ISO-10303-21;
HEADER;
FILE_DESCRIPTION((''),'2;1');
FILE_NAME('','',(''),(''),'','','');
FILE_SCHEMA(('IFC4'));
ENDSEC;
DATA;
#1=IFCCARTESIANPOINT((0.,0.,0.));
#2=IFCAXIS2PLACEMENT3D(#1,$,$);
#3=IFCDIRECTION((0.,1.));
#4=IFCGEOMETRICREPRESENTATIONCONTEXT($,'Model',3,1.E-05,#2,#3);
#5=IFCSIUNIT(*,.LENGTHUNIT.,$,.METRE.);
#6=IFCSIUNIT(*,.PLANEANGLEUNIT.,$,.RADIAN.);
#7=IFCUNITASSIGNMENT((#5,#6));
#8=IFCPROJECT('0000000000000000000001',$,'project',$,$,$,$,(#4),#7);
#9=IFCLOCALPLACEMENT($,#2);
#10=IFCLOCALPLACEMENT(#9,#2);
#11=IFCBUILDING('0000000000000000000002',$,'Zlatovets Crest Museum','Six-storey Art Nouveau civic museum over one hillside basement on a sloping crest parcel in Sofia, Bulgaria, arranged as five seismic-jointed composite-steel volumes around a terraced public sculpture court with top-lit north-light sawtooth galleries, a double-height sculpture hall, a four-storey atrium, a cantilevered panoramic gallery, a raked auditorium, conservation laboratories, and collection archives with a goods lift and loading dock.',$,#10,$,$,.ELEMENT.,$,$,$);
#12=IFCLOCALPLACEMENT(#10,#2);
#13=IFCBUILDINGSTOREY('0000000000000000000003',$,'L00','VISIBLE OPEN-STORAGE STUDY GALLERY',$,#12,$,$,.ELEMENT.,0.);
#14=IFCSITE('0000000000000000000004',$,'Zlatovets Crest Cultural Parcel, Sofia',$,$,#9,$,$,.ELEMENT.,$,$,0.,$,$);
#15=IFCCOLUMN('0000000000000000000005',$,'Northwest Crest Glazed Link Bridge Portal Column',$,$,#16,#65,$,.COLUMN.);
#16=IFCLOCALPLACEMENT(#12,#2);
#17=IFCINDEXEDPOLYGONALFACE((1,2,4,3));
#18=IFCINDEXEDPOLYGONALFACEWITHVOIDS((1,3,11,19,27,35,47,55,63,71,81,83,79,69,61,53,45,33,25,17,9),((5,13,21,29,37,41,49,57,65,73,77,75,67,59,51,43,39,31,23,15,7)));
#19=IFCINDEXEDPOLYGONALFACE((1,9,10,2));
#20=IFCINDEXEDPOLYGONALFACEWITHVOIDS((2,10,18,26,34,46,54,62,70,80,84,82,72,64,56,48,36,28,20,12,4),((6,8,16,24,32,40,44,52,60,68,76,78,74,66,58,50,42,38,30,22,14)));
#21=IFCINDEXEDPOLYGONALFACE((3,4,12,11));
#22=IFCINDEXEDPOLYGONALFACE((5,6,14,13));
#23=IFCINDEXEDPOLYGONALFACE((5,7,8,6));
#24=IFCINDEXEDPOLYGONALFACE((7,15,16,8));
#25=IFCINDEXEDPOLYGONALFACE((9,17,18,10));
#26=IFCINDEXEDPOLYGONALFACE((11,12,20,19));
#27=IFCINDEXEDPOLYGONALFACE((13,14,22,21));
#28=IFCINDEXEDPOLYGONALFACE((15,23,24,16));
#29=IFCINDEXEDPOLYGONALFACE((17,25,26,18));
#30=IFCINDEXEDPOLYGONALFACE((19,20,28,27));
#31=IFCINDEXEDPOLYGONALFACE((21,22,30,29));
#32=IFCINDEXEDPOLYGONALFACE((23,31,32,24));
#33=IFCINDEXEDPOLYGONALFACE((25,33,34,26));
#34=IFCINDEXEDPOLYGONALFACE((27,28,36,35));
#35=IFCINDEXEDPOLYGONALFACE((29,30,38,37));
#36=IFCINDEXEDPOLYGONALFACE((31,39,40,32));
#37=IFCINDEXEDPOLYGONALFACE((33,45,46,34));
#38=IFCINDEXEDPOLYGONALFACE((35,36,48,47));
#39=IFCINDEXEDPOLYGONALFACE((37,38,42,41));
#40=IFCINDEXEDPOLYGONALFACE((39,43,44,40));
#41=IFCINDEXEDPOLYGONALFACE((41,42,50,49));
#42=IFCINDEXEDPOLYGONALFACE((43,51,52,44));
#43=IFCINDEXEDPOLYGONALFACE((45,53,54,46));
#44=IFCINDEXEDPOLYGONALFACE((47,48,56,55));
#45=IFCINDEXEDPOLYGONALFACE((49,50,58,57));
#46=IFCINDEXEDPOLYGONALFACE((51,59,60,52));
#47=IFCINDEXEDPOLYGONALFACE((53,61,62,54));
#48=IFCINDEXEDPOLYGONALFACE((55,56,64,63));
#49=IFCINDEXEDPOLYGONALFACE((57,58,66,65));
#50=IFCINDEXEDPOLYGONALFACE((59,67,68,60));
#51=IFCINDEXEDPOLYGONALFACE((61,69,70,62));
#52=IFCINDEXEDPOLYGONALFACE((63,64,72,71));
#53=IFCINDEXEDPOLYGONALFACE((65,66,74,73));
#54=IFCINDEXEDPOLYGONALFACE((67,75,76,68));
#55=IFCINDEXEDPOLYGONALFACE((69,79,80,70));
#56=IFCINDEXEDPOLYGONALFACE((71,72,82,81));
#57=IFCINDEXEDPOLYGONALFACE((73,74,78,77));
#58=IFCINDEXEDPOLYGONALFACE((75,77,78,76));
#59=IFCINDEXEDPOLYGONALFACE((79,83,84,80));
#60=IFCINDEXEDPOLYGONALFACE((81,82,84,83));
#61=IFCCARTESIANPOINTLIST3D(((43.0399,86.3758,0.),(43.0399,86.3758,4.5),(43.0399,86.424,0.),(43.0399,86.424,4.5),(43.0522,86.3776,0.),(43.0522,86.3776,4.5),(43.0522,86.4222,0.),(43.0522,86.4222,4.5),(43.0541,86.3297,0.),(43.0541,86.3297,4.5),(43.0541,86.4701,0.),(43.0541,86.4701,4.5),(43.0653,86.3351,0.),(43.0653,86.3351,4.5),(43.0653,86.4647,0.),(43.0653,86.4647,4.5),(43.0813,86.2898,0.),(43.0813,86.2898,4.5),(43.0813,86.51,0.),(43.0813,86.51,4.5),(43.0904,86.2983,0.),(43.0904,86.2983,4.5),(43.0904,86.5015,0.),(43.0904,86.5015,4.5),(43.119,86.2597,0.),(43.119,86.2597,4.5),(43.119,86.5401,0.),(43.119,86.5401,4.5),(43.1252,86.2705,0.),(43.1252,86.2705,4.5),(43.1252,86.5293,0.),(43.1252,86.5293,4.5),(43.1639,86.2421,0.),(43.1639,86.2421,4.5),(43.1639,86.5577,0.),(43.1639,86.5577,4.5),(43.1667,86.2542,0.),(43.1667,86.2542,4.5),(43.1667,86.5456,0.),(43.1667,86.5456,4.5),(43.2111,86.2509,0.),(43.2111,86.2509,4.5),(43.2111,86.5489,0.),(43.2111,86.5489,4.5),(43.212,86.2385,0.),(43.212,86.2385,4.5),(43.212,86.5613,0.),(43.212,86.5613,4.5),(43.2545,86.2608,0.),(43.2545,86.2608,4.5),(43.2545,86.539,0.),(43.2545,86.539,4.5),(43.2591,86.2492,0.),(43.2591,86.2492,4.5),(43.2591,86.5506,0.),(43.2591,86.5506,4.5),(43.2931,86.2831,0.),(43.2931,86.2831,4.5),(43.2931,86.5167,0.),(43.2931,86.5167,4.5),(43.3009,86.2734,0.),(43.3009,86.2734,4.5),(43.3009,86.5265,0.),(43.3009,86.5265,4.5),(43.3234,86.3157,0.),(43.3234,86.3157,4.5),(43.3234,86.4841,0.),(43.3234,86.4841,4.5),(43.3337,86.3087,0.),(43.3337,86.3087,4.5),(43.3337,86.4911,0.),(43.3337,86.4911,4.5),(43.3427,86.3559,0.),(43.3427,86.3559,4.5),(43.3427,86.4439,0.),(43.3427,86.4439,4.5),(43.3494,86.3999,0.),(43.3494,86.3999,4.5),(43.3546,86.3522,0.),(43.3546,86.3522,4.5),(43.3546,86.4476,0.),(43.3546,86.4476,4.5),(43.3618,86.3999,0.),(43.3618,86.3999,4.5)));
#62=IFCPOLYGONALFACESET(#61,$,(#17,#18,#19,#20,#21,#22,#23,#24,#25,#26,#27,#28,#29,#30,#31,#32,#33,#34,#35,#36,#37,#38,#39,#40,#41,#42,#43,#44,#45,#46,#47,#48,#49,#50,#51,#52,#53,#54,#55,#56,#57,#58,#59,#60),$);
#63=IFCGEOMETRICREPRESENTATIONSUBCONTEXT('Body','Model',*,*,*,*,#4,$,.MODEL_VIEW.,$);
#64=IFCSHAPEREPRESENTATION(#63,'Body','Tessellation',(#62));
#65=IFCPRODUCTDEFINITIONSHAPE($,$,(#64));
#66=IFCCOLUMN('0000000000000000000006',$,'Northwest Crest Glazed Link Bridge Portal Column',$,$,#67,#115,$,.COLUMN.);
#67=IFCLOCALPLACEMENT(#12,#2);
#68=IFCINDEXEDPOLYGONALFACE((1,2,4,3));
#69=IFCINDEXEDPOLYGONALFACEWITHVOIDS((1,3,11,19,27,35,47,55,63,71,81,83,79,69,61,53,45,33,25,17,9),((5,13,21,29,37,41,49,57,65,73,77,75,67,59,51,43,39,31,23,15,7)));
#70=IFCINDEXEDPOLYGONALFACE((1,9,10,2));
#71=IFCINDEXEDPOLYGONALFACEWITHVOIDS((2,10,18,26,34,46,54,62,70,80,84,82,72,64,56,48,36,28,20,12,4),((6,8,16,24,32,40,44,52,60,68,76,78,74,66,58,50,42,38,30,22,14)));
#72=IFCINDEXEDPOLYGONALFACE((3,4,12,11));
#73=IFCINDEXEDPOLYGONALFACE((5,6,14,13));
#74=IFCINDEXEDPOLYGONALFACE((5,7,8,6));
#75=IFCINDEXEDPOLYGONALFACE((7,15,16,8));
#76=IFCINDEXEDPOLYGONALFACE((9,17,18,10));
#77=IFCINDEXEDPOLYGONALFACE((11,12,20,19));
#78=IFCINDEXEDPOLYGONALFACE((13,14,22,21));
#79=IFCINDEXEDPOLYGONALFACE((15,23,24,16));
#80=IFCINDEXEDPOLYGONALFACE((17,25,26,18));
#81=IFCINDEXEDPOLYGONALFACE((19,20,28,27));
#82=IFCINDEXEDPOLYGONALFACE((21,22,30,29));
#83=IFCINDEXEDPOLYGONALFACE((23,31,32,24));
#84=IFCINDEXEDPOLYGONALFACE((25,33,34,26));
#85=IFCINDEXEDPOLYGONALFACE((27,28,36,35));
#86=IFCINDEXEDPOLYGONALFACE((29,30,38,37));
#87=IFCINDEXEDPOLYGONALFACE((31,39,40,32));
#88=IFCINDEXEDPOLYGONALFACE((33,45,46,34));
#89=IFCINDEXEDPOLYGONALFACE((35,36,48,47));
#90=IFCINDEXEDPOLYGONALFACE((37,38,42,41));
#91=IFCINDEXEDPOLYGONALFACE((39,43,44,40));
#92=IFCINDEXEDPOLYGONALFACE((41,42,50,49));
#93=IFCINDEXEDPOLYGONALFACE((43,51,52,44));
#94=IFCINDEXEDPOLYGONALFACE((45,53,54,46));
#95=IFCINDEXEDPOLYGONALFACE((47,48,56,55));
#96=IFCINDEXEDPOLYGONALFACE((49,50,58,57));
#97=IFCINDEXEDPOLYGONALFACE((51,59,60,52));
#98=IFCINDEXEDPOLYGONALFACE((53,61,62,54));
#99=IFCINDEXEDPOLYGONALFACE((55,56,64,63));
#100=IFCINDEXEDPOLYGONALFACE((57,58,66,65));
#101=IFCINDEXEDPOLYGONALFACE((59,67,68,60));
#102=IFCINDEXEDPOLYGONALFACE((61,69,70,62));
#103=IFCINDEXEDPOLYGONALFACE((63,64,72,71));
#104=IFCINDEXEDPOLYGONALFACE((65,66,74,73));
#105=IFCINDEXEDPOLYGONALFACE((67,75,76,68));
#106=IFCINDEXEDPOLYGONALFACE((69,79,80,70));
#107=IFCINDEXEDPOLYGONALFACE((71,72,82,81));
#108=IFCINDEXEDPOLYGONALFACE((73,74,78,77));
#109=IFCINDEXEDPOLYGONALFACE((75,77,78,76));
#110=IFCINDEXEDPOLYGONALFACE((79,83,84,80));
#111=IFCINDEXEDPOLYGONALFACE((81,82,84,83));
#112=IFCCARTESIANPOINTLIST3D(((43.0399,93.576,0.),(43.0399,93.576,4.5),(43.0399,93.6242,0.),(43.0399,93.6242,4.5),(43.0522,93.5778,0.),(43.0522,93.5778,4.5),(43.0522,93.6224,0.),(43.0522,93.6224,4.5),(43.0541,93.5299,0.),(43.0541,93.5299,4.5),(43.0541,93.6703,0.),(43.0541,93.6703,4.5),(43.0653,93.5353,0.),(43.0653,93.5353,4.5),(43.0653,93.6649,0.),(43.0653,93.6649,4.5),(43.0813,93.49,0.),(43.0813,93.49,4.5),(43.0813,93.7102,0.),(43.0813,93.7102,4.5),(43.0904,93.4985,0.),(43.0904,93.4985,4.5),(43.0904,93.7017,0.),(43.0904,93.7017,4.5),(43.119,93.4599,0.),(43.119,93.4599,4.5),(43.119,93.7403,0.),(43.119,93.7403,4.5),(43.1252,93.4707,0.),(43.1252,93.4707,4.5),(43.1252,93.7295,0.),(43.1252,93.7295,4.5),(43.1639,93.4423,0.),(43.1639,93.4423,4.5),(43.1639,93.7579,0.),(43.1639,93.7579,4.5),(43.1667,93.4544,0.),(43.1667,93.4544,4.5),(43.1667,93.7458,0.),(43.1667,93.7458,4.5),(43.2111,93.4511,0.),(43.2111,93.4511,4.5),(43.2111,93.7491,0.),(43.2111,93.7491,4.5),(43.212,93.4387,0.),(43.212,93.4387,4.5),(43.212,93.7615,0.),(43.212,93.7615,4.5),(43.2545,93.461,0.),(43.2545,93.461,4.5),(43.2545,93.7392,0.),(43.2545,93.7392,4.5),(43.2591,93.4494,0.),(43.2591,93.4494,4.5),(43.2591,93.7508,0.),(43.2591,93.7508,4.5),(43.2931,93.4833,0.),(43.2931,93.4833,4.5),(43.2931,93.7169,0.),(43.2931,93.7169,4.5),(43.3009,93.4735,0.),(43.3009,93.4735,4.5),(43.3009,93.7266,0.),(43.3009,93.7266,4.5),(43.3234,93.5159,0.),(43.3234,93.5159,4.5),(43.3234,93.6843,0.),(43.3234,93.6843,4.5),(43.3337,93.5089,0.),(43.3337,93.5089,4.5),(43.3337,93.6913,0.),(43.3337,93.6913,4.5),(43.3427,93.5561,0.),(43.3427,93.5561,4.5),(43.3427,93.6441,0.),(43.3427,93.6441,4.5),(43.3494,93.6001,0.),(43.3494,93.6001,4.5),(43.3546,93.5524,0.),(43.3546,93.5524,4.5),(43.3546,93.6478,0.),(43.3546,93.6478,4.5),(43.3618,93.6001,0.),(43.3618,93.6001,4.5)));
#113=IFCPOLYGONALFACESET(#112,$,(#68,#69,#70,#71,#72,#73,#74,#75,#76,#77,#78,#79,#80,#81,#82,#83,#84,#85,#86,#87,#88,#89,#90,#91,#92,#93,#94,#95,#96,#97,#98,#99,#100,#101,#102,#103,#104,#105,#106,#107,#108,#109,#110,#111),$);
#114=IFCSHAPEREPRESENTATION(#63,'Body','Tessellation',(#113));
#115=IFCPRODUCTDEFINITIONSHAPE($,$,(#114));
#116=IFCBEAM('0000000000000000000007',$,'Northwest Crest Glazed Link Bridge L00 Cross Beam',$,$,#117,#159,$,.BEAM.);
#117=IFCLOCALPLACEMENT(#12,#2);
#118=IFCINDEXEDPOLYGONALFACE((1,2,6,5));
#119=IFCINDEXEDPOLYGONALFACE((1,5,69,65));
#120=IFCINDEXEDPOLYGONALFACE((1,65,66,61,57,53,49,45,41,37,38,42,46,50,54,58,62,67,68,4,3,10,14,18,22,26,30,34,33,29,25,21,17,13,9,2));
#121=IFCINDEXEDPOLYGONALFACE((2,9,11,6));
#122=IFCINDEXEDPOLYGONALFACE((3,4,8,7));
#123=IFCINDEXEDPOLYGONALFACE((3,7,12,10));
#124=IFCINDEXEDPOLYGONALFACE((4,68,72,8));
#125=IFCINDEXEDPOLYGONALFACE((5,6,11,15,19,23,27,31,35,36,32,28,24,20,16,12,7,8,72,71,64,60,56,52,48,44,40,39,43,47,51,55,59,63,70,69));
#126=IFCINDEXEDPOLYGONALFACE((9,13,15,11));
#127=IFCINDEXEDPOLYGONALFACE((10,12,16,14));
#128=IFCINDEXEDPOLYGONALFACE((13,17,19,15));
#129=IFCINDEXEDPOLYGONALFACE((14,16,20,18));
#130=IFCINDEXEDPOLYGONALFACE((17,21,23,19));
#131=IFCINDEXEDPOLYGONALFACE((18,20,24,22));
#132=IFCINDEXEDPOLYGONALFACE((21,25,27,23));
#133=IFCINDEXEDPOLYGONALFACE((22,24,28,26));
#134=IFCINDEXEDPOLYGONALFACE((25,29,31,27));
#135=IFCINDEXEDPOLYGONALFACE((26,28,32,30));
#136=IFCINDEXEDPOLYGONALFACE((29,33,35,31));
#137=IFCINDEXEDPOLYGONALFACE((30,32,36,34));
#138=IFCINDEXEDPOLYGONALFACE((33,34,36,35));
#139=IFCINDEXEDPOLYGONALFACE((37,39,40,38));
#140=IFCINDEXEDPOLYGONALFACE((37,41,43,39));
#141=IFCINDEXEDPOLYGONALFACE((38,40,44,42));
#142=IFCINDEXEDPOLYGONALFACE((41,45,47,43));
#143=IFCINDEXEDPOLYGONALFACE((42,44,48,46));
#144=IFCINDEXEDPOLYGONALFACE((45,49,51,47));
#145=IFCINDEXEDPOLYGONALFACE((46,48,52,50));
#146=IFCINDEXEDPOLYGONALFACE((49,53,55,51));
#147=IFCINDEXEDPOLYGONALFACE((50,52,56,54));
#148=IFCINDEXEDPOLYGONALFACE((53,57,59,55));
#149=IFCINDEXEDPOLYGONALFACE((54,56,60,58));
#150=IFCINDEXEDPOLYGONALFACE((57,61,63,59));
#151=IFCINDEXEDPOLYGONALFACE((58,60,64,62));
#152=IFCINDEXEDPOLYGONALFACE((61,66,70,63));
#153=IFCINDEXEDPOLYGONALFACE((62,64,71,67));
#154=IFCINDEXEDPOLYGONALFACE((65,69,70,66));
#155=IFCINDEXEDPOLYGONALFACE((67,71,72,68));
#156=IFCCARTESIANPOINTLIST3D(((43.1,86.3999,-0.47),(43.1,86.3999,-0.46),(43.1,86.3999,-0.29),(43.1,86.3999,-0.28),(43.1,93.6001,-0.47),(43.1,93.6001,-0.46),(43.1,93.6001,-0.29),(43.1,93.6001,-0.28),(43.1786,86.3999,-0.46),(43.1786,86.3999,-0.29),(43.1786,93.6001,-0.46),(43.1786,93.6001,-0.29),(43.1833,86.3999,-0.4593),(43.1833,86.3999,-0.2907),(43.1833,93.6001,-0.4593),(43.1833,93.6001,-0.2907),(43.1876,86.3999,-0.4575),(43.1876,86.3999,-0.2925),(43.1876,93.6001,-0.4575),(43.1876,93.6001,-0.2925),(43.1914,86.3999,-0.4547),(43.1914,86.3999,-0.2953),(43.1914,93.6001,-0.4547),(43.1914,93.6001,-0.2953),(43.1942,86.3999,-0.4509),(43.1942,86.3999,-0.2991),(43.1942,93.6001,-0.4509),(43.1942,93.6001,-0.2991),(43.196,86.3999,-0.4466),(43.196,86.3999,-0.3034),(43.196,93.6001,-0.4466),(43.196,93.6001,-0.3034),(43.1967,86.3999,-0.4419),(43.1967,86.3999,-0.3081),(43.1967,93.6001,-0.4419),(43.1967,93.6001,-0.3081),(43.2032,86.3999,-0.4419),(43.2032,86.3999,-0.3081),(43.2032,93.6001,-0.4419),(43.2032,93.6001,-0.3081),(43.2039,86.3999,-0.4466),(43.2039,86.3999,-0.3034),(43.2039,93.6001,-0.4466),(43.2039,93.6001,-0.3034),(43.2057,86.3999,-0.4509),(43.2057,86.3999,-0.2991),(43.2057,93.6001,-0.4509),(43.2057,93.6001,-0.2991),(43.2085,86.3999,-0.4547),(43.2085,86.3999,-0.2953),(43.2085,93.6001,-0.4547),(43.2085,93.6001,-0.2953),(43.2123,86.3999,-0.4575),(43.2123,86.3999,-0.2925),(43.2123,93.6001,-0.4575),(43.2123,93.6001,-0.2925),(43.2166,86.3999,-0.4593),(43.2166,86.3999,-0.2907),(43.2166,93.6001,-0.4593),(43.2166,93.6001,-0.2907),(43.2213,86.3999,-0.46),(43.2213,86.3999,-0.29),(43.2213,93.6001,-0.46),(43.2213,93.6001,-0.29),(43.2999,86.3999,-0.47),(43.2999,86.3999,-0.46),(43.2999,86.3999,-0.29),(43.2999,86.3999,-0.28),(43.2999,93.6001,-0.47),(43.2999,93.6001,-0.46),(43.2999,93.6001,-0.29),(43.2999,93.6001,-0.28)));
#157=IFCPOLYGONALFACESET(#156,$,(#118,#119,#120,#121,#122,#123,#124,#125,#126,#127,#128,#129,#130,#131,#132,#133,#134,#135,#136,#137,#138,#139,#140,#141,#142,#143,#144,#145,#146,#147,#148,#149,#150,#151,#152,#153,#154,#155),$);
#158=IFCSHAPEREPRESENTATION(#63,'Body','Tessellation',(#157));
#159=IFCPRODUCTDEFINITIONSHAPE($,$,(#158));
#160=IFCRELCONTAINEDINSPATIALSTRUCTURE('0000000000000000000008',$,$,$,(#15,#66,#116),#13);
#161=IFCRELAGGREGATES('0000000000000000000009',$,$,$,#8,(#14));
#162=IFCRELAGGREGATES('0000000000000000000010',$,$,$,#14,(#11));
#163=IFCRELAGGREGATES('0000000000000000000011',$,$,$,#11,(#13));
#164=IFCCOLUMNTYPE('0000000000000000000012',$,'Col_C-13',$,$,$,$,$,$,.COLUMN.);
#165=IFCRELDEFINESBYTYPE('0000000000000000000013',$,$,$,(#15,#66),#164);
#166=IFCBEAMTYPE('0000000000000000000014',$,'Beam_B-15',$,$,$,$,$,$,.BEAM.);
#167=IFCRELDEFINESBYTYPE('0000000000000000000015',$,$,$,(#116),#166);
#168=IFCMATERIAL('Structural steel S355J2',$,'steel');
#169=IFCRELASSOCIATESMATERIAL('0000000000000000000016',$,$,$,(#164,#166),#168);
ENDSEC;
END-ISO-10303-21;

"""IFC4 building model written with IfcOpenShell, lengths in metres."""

from ifc_helpers import new_model, si_unit, direction, frame, origin, origin_2d, place, context, subcontext, project, spatial, hollow_circle, i_section, extrude, material, material_profile, profile_set, type_object, element, save


model = new_model("IFC4")

# Units and contexts
model_context = context("Model", 3, precision=1e-05, world=origin(), true_north=direction((0.0, 1.0)))
body_context = subcontext(model_context, "Body", "Model", "MODEL_VIEW")
ifc_project = project(units=[si_unit("LENGTHUNIT", "METRE"), si_unit("PLANEANGLEUNIT", "RADIAN")], contexts=[model_context])

# Site, building, storey
site_placement = place(None, origin())
site = spatial("IfcSite", under=ifc_project, at=site_placement, Name="Zlatovets Crest Cultural Parcel, Sofia", CompositionType="ELEMENT", RefElevation=0.0)
building_placement = place(site_placement, origin())
building = spatial("IfcBuilding", under=site, at=building_placement, Name="Zlatovets Crest Museum", Description="Six-storey Art Nouveau civic museum over one hillside basement on a sloping crest parcel in Sofia, Bulgaria, arranged as five seismic-jointed composite-steel volumes around a terraced public sculpture court with top-lit north-light sawtooth galleries, a double-height sculpture hall, a four-storey atrium, a cantilevered panoramic gallery, a raked auditorium, conservation laboratories, and collection archives with a goods lift and loading dock.", CompositionType="ELEMENT")
storey_placement = place(building_placement, origin())
storey = spatial("IfcBuildingStorey", under=building, at=storey_placement, Name="L00", Description="VISIBLE OPEN-STORAGE STUDY GALLERY", CompositionType="ELEMENT", Elevation=0.0)

# Columns
ifc_material_1 = material(Name="Structural steel S355J2", Category="steel")
ifc_material_profile_1 = material_profile(ifc_material_1, hollow_circle(Radius=0.1619, WallThickness=0.0125, at=origin_2d()), Name="CHS 323.9x12.5")
ifc_profile_set_1 = profile_set([ifc_material_profile_1], Name="Structural steel S355J2")
column_type = type_object("IfcColumnType", Name="Col_C-13", PredefinedType="COLUMN", material=ifc_profile_set_1)
for number, where, z_axis, x_axis, name in (
    (1, (43.2, 86.3999, 0.0), (0.0, 0.0, 1.0), (1.0, 0.0, 0.0), "Northwest Crest Glazed Link Bridge Portal Column"),
    (2, (43.2, 93.6001, 0.0), (0.0, 0.0, 1.0), (1.0, 0.0, 0.0), "Northwest Crest Glazed Link Bridge Portal Column"),
):
    element("IfcColumn", number, at=place(storey_placement, frame(where, z_axis=z_axis, x_axis=x_axis)), inside=storey, type_object=column_type, Name=name, PredefinedType="COLUMN", context=body_context, shape_type="SweptSolid", body=[
        extrude(hollow_circle(Radius=0.1619, WallThickness=0.0125, at=origin_2d()), origin(), (0.0, 0.0, 1.0), 4.5),
    ])

# Beam
ifc_material_profile_2 = material_profile(ifc_material_1, i_section(OverallWidth=0.2, OverallDepth=0.1899, WebThickness=0.0066, FlangeThickness=0.01, FilletRadius=0.0181, at=origin_2d()), Name="HEA 200")
ifc_profile_set_2 = profile_set([ifc_material_profile_2], Name="Structural steel S355J2")
beam_type_1 = type_object("IfcBeamType", Name="Beam_B-15", PredefinedType="BEAM", material=ifc_profile_set_2)
beam_placement = place(storey_placement, frame((43.2, 86.3999, -0.375), z_axis=(0.0, 1.0, 0.0), x_axis=(-1.0, 0.0, 0.0)))
element("IfcBeam", 3, at=beam_placement, inside=storey, type_object=beam_type_1, Name="Northwest Crest Glazed Link Bridge L00 Cross Beam", PredefinedType="BEAM", context=body_context, shape_type="SweptSolid", body=[
    extrude(i_section(OverallWidth=0.2, OverallDepth=0.1899, WebThickness=0.0066, FlangeThickness=0.01, FilletRadius=0.0181, at=origin_2d()), origin(), (0.0, 0.0, 1.0), 7.2002),
])

save(model, "model.ifc")
